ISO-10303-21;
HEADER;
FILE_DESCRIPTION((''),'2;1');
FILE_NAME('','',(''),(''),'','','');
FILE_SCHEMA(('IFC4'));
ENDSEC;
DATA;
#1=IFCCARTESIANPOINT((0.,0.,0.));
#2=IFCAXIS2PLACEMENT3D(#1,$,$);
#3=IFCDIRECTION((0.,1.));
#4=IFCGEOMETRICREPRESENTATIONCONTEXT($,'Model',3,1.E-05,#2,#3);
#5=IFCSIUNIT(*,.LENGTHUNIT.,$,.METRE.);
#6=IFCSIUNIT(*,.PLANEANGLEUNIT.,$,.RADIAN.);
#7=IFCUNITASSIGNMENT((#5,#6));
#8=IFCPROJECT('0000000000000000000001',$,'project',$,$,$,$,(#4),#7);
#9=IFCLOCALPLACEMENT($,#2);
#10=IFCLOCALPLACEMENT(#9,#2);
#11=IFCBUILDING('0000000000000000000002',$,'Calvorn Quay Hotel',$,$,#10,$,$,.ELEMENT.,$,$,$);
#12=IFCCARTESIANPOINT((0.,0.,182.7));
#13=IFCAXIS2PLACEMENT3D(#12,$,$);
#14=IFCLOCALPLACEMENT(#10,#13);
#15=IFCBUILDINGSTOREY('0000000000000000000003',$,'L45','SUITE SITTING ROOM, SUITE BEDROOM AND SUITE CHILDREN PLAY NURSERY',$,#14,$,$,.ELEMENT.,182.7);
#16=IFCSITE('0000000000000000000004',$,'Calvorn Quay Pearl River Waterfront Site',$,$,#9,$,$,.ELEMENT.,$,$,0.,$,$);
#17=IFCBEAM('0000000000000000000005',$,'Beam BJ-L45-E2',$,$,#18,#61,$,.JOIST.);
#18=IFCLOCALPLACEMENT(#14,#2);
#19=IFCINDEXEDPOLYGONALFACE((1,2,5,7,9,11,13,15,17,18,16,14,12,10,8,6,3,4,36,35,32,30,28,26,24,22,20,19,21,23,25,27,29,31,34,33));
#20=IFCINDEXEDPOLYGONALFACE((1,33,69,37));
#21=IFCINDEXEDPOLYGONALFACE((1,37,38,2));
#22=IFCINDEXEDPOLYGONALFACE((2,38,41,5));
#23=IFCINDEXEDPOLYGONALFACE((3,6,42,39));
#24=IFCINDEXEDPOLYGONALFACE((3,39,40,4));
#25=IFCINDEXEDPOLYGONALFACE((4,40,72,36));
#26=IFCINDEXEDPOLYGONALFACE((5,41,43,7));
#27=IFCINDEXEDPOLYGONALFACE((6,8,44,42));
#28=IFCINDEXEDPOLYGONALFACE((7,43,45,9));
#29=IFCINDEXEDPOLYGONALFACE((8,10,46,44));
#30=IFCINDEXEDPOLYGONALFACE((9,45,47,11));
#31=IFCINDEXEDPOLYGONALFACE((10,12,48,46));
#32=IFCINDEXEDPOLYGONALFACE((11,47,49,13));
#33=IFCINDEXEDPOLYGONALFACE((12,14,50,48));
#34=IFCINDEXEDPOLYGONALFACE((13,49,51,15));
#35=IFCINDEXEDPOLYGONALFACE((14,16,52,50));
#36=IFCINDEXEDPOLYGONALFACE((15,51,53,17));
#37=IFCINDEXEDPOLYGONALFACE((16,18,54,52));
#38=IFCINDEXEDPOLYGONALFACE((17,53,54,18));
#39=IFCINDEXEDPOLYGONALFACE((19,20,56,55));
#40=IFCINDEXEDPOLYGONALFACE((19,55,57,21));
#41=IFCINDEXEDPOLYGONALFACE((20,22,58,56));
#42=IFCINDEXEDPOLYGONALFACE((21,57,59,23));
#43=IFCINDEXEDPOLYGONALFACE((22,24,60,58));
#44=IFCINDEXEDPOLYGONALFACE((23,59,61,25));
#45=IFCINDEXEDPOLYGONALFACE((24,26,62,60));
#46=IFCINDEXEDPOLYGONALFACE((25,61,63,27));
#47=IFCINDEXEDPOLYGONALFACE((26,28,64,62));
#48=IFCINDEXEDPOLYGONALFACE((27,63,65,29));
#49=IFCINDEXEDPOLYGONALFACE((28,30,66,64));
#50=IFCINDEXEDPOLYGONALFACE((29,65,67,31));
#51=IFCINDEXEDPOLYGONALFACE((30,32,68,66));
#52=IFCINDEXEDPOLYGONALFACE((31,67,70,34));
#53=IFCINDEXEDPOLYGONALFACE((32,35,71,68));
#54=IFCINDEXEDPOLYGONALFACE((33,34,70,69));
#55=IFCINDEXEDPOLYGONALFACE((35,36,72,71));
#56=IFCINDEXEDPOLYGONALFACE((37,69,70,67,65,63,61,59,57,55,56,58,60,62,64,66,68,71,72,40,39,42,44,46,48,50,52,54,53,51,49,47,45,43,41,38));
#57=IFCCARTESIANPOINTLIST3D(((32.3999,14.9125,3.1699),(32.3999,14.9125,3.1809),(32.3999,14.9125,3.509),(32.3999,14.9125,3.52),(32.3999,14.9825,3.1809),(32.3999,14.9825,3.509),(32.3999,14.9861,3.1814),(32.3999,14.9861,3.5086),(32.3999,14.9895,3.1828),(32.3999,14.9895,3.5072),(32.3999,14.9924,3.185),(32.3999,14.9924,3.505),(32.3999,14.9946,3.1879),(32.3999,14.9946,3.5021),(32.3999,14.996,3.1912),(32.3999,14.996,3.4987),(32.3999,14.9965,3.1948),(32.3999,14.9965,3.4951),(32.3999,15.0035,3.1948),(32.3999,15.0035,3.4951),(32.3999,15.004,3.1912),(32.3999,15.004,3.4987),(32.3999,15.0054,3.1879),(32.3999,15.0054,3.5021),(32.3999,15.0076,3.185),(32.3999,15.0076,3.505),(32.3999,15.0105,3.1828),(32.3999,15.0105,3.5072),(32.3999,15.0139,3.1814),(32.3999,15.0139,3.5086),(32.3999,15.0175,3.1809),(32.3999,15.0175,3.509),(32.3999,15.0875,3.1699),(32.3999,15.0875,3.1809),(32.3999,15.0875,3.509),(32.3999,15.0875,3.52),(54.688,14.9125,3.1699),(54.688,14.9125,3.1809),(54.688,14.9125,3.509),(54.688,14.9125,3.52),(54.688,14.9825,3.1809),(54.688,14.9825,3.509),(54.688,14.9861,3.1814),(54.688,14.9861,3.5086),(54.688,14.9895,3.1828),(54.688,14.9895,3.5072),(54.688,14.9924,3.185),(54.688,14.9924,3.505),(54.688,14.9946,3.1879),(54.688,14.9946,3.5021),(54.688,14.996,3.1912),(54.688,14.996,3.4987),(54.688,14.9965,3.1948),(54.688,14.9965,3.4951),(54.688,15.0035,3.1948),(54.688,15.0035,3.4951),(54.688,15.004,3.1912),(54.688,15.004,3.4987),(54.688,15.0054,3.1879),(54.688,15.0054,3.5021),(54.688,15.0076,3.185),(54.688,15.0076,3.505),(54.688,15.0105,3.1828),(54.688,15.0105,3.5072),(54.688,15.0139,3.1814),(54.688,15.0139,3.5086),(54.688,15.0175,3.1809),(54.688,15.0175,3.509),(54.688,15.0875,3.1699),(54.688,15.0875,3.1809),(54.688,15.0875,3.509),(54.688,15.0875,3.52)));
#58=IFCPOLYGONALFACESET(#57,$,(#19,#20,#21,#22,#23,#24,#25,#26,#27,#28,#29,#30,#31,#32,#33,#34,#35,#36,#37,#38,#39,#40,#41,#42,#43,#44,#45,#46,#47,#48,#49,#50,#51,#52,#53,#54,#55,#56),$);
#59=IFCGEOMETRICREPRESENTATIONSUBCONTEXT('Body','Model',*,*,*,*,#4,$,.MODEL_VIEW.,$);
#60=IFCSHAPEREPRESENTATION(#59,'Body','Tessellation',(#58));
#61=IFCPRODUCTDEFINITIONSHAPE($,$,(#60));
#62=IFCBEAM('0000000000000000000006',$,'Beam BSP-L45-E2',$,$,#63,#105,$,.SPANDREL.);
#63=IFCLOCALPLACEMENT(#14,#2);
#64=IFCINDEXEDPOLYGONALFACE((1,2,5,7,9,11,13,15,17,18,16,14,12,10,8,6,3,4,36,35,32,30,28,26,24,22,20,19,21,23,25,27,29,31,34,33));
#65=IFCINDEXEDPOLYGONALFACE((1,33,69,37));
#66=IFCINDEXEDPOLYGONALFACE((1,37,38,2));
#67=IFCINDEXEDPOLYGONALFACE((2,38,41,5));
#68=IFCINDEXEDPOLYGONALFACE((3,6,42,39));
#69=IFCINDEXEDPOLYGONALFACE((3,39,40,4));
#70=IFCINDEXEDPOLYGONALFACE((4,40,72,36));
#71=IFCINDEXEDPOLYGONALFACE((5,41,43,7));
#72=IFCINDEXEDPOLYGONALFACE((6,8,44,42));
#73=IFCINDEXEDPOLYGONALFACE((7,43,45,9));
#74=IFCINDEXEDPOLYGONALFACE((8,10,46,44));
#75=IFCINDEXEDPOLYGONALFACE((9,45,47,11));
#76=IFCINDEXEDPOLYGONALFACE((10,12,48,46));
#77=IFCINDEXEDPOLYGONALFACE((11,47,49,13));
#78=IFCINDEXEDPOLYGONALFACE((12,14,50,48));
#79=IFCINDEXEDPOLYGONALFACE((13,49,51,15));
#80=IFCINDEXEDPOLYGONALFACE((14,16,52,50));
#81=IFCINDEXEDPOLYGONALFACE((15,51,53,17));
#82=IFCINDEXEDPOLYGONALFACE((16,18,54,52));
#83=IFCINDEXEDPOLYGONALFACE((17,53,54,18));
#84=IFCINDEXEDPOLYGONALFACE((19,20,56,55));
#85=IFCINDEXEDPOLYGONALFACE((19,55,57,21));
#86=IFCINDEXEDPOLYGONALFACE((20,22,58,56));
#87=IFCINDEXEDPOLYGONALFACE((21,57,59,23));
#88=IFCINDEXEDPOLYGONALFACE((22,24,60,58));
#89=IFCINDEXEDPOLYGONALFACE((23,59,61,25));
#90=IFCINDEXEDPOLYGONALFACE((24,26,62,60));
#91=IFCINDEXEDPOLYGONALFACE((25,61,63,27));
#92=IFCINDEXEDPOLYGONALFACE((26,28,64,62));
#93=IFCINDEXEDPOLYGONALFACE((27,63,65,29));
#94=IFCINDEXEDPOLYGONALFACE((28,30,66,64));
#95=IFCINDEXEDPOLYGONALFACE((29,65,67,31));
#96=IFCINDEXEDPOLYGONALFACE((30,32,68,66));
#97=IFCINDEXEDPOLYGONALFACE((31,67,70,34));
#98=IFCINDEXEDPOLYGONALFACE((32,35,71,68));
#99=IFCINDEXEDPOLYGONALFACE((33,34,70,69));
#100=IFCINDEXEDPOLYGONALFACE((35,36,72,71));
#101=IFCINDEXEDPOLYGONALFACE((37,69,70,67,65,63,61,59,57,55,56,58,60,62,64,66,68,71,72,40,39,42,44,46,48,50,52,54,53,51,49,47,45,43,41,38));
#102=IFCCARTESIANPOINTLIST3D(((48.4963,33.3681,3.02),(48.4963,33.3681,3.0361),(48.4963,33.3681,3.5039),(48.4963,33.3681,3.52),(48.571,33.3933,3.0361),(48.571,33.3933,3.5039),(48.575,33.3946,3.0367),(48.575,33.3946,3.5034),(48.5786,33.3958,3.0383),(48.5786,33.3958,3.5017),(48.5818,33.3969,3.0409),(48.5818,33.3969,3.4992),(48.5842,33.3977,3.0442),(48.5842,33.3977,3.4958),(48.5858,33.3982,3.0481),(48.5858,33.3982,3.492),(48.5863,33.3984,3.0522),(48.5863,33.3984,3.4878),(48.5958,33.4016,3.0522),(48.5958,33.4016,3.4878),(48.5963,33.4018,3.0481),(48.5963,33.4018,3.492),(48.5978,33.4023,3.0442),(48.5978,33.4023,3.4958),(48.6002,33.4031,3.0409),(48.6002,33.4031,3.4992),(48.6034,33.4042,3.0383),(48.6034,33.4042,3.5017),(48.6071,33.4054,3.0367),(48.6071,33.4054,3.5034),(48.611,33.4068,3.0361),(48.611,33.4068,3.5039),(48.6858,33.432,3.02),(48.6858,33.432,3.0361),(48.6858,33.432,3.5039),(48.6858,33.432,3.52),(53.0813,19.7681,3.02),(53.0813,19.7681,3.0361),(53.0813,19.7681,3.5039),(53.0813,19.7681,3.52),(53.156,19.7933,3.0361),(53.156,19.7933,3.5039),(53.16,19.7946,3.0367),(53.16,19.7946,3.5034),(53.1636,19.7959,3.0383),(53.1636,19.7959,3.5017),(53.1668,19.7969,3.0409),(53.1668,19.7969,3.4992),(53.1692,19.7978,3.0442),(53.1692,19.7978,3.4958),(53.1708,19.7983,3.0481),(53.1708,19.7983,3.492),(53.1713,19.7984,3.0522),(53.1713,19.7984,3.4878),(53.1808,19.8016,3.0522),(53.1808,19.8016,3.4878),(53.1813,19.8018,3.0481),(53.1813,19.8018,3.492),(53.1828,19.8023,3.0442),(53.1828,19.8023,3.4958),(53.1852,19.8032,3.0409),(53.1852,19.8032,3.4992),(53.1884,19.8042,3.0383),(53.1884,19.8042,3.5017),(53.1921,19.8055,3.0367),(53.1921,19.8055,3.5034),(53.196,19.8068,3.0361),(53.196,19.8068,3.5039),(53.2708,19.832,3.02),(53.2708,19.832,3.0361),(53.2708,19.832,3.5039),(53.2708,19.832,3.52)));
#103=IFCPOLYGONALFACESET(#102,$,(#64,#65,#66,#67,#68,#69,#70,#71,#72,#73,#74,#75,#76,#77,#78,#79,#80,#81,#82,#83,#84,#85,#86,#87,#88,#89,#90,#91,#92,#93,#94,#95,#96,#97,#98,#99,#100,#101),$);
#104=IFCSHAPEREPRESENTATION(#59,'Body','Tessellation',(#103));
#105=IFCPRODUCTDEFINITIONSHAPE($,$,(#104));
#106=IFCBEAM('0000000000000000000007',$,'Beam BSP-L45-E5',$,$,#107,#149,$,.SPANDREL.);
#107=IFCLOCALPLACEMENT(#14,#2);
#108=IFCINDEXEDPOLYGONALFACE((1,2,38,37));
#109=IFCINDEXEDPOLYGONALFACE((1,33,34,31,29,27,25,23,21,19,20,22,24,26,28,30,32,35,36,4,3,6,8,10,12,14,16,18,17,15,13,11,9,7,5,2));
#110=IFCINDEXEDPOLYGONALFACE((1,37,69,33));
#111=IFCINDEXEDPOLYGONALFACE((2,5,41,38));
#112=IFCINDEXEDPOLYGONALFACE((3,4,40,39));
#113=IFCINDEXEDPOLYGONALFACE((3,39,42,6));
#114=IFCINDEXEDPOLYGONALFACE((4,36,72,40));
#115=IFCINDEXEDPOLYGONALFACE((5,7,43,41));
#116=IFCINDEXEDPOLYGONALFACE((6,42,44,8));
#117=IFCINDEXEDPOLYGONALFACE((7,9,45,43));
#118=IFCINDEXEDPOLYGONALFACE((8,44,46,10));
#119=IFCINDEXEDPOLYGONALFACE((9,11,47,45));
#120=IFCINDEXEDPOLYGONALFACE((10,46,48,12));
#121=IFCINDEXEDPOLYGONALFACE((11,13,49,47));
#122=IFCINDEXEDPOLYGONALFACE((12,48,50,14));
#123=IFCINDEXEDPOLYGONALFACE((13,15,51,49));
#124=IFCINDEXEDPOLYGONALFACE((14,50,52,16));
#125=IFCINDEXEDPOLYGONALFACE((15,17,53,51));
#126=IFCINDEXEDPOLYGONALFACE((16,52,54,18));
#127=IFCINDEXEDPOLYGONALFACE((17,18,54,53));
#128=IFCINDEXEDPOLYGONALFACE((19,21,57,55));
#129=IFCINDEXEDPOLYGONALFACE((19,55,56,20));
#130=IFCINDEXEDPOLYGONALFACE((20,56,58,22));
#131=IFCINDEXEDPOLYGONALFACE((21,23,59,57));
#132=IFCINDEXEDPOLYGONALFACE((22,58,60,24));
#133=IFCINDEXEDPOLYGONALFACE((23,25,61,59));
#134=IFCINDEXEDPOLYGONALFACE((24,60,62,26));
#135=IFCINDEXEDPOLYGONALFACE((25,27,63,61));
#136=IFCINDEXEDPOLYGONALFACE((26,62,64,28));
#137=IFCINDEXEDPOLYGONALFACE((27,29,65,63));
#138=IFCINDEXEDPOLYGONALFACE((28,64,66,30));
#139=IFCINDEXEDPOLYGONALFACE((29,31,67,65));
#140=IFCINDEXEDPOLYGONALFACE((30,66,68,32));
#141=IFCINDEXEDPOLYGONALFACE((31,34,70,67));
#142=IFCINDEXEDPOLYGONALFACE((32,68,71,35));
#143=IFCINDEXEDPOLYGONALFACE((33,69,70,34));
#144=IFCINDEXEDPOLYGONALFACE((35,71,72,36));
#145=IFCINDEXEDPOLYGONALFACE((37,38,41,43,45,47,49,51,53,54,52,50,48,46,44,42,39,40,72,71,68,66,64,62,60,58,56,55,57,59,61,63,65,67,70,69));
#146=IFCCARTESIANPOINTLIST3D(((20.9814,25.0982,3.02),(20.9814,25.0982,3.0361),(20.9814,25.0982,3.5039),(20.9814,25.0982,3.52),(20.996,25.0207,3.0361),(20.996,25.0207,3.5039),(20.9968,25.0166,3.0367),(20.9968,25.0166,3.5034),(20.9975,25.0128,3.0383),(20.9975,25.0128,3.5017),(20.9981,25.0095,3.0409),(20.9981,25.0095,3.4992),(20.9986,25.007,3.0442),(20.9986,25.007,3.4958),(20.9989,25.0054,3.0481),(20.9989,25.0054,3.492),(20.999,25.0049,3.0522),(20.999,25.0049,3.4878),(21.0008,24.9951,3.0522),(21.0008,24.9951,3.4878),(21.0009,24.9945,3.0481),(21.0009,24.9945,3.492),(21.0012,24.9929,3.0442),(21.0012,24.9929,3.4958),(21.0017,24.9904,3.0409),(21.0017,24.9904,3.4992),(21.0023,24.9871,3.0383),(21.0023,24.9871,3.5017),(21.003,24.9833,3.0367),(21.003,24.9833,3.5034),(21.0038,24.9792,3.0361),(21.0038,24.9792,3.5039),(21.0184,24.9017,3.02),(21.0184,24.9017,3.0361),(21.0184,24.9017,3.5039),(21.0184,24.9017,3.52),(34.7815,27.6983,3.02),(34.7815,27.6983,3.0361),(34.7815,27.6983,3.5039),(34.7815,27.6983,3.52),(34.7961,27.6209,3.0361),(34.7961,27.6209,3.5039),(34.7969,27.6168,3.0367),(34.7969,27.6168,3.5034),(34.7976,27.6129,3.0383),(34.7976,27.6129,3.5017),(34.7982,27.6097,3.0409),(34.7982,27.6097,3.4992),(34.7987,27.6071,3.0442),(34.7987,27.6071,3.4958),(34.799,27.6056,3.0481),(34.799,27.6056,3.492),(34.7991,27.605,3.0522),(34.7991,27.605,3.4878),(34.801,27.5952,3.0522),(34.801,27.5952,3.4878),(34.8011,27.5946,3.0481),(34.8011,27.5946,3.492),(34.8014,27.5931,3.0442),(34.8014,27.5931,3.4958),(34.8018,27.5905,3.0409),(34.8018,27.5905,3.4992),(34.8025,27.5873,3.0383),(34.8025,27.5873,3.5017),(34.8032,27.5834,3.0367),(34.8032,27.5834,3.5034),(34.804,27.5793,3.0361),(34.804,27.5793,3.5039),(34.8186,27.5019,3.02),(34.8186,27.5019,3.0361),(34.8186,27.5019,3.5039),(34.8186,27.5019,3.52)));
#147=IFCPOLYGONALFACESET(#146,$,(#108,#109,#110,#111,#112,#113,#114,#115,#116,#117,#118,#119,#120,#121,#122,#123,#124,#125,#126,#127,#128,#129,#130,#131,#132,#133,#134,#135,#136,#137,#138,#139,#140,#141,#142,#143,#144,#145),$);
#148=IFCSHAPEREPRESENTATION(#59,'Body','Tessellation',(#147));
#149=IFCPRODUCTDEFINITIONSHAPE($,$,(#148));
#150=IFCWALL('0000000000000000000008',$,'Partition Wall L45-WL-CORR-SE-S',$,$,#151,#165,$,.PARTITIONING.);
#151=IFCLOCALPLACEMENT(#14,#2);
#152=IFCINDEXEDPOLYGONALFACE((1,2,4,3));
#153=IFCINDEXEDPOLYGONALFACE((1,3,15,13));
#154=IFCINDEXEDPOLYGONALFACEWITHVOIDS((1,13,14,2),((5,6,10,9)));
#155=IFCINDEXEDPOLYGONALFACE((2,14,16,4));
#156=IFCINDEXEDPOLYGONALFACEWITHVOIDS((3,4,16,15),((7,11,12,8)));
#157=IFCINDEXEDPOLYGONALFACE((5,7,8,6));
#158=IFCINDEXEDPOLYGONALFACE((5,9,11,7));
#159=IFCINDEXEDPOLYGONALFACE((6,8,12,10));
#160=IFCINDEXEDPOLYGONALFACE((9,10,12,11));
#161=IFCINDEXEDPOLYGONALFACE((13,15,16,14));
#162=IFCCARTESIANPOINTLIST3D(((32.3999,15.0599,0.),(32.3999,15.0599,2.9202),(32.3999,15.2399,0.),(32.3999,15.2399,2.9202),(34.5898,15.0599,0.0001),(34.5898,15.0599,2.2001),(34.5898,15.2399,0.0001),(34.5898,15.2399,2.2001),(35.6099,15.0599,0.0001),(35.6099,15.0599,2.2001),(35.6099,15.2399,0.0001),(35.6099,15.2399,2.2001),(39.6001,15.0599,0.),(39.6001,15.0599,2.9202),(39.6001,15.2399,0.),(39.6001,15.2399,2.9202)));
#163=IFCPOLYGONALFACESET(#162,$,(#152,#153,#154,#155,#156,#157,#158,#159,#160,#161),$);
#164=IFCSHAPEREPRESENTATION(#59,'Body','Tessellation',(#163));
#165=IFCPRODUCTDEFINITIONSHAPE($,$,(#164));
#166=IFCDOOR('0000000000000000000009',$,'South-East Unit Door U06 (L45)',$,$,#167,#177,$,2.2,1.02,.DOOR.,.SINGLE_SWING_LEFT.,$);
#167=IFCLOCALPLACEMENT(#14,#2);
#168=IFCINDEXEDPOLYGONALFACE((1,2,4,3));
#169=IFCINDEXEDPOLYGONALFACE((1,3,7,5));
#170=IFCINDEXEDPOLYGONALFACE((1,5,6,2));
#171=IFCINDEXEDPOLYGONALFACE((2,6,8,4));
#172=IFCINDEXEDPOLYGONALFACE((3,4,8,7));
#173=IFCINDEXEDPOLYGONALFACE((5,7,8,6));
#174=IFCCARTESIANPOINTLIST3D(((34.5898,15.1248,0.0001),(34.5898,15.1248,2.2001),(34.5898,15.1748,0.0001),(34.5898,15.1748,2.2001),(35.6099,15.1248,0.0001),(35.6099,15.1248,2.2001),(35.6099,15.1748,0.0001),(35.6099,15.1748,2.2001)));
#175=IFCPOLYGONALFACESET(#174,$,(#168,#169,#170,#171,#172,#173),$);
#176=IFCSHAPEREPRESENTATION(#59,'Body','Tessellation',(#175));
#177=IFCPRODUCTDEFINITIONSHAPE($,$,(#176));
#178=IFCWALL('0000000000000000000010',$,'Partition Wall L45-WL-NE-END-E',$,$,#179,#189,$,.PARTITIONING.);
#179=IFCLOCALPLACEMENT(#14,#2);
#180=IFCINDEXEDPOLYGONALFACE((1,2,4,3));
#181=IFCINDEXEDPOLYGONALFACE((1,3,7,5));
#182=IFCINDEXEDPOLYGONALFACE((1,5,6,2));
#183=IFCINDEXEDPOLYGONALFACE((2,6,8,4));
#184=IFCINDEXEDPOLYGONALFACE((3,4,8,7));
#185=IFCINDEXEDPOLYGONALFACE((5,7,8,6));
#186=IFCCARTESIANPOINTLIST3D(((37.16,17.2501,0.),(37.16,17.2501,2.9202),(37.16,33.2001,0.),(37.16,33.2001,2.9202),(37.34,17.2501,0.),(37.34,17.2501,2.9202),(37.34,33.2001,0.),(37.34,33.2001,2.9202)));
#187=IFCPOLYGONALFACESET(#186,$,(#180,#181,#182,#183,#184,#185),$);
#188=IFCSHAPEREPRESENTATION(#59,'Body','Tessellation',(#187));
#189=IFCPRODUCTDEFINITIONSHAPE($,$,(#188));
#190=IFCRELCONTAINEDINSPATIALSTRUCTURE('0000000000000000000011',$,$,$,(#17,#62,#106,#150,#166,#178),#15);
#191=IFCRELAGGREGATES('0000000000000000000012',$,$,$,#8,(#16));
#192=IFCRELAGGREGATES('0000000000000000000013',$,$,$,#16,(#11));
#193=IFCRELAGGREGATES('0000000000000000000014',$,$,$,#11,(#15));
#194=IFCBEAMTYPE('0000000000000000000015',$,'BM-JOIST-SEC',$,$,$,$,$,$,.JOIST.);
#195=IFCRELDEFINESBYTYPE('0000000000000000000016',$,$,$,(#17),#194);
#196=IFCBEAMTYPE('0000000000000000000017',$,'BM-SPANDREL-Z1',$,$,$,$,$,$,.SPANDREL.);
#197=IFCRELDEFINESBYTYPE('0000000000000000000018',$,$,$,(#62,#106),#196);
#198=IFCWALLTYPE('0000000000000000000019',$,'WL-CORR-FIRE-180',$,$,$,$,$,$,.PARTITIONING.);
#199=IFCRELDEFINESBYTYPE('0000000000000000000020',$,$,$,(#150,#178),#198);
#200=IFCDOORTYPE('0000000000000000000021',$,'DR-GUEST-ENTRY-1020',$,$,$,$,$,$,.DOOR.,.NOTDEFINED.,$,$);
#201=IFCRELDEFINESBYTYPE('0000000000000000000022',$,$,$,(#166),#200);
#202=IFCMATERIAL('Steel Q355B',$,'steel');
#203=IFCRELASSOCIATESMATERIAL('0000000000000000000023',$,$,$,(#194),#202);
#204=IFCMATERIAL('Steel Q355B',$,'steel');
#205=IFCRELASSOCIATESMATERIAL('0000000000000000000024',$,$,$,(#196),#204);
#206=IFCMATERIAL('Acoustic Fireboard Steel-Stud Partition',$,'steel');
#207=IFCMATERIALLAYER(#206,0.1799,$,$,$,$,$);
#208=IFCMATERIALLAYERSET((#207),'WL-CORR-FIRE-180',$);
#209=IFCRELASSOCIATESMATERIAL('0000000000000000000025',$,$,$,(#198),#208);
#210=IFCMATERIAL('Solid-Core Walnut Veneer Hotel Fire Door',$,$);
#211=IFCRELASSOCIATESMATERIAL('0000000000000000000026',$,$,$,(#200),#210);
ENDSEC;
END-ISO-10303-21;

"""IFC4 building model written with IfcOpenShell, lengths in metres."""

from ifc_helpers import new_model, si_unit, direction, frame, frame_2d, origin, origin_2d, place, context, subcontext, project, spatial, rectangle, i_section, extrude, material, layer, layer_set, material_profile, profile_set, type_object, element, fill, save


model = new_model("IFC4")

# Units and contexts
model_context = context("Model", 3, precision=1e-05, world=origin(), true_north=direction((0.0, 1.0)))
body_context = subcontext(model_context, "Body", "Model", "MODEL_VIEW")
ifc_project = project(units=[si_unit("LENGTHUNIT", "METRE"), si_unit("PLANEANGLEUNIT", "RADIAN")], contexts=[model_context])

# Site, building, storey
site_placement = place(None, origin())
site = spatial("IfcSite", under=ifc_project, at=site_placement, Name="Calvorn Quay Pearl River Waterfront Site", CompositionType="ELEMENT", RefElevation=0.0)
building_placement = place(site_placement, origin())
building = spatial("IfcBuilding", under=site, at=building_placement, Name="Calvorn Quay Hotel", CompositionType="ELEMENT")
storey_placement = place(building_placement, frame((0.0, 0.0, 182.7)))
storey = spatial("IfcBuildingStorey", under=building, at=storey_placement, Name="L45", Description="SUITE SITTING ROOM, SUITE BEDROOM AND SUITE CHILDREN PLAY NURSERY", CompositionType="ELEMENT", Elevation=182.7)

# Beams
ifc_material_1 = material(Name="Steel Q355B", Category="steel")
ifc_material_profile_1 = material_profile(ifc_material_1, i_section(OverallWidth=0.175, OverallDepth=0.3501, WebThickness=0.0071, FlangeThickness=0.011, FilletRadius=0.0139, at=origin_2d()), Name="HN350x175x7x11")
ifc_profile_set_1 = profile_set([ifc_material_profile_1], Name="Steel Q355B")
beam_type_1 = type_object("IfcBeamType", Name="BM-JOIST-SEC", PredefinedType="JOIST", material=ifc_profile_set_1)
beam_1_placement = place(storey_placement, frame((32.3999, 15.0, 3.345), z_axis=(1.0, 0.0, 0.0), x_axis=(0.0, 1.0, 0.0)))
element("IfcBeam", 1, at=beam_1_placement, inside=storey, type_object=beam_type_1, Name="Beam BJ-L45-E2", PredefinedType="JOIST", context=body_context, shape_type="SweptSolid", body=[
    extrude(i_section(OverallWidth=0.175, OverallDepth=0.3501, WebThickness=0.0071, FlangeThickness=0.011, FilletRadius=0.0139, at=origin_2d()), origin(), (0.0, 0.0, 1.0), 22.2881),
])
ifc_material_2 = material(Name="Steel Q355B", Category="steel")
ifc_material_profile_2 = material_profile(ifc_material_2, i_section(OverallWidth=0.2, OverallDepth=0.5, WebThickness=0.01, FlangeThickness=0.0161, FilletRadius=0.0161, at=origin_2d()), Name="HN500x200x10x16")
ifc_profile_set_2 = profile_set([ifc_material_profile_2], Name="Steel Q355B")
beam_type_2 = type_object("IfcBeamType", Name="BM-SPANDREL-Z1", PredefinedType="SPANDREL", material=ifc_profile_set_2)
beam_2_placement = place(storey_placement, frame((53.176, 19.8, 3.27), z_axis=(-0.319467, 0.947598, 0.0), x_axis=(-0.947598, -0.319467, 0.0)))
element("IfcBeam", 2, at=beam_2_placement, inside=storey, type_object=beam_type_2, Name="Beam BSP-L45-E2", PredefinedType="SPANDREL", context=body_context, shape_type="SweptSolid", body=[
    extrude(i_section(OverallWidth=0.2, OverallDepth=0.5, WebThickness=0.01, FlangeThickness=0.0161, FilletRadius=0.0161, at=origin_2d()), origin(), (0.0, 0.0, 1.0), 14.3521),
])
beam_3_placement = place(storey_placement, frame((34.8, 27.6001, 3.27), z_axis=(-0.982709, -0.185154, 0.0), x_axis=(0.185154, -0.982709, 0.0)))
element("IfcBeam", 3, at=beam_3_placement, inside=storey, type_object=beam_type_2, Name="Beam BSP-L45-E5", PredefinedType="SPANDREL", context=body_context, shape_type="SweptSolid", body=[
    extrude(i_section(OverallWidth=0.2, OverallDepth=0.5, WebThickness=0.01, FlangeThickness=0.0161, FilletRadius=0.0161, at=origin_2d()), origin(), (0.0, 0.0, 1.0), 14.043),
])

# Wall, opening, door
ifc_material_3 = material(Name="Acoustic Fireboard Steel-Stud Partition", Category="steel")
ifc_layer_1 = layer(ifc_material_3, 0.1799)
ifc_layer_set_1 = layer_set([ifc_layer_1], Name="WL-CORR-FIRE-180")
wall_type_1 = type_object("IfcWallType", Name="WL-CORR-FIRE-180", PredefinedType="PARTITIONING", material=ifc_layer_set_1)
wall_1_placement = place(storey_placement, frame((32.3999, 15.1499, 0.0), z_axis=(0.0, 0.0, 1.0), x_axis=(1.0, 0.0, 0.0)))
wall_1 = element("IfcWall", 4, at=wall_1_placement, inside=storey, type_object=wall_type_1, Name="Partition Wall L45-WL-CORR-SE-S", PredefinedType="PARTITIONING", context=body_context, shape_type="SweptSolid", body=[
    extrude(rectangle(XDim=7.2002, YDim=0.1799, at=frame_2d((3.6001, 0.0))), origin(), (0.0, 0.0, 1.0), 2.9202),
])
opening_1_placement = place(wall_1_placement, frame((2.1899, 0.0, 0.0)))
opening_1 = element("IfcOpeningElement", 5, at=opening_1_placement, cuts=wall_1, PredefinedType="OPENING", context=body_context, shape_type="SweptSolid", body=[
    extrude(rectangle(XDim=1.02, YDim=2.2, at=frame_2d((0.51, 1.1001))), frame((0.0, 0.0999, 0.0), z_axis=(0.0, -1.0, 0.0), x_axis=(1.0, 0.0, 0.0)), (0.0, 0.0, 1.0), 0.2),
])
ifc_material_4 = material(Name="Solid-Core Walnut Veneer Hotel Fire Door")
door_type_1 = type_object("IfcDoorType", Name="DR-GUEST-ENTRY-1020", OperationType="NOTDEFINED", PredefinedType="DOOR", material=ifc_material_4)
door_1_placement = place(opening_1_placement, origin())
door_1 = element("IfcDoor", 6, at=door_1_placement, inside=storey, type_object=door_type_1, Name="South-East Unit Door U06 (L45)", OperationType="SINGLE_SWING_LEFT", OverallHeight=2.2, OverallWidth=1.02, PredefinedType="DOOR", context=body_context, shape_type="SweptSolid", body=[
    extrude(rectangle(XDim=1.02, YDim=2.2, at=frame_2d((0.51, 1.1001))), frame((0.0, 0.0249, 0.0), z_axis=(0.0, -1.0, 0.0), x_axis=(1.0, 0.0, 0.0)), (0.0, 0.0, 1.0), 0.05),
])
fill(opening_1, door_1)

# Wall
wall_2_placement = place(storey_placement, frame((37.25, 17.25, 0.0), z_axis=(0.0, 0.0, 1.0), x_axis=(0.0, 1.0, 0.0)))
element("IfcWall", 7, at=wall_2_placement, inside=storey, type_object=wall_type_1, Name="Partition Wall L45-WL-NE-END-E", PredefinedType="PARTITIONING", context=body_context, shape_type="SweptSolid", body=[
    extrude(rectangle(XDim=15.95, YDim=0.1799, at=frame_2d((7.9751, 0.0))), origin(), (0.0, 0.0, 1.0), 2.9202),
])

save(model, "model.ifc")
